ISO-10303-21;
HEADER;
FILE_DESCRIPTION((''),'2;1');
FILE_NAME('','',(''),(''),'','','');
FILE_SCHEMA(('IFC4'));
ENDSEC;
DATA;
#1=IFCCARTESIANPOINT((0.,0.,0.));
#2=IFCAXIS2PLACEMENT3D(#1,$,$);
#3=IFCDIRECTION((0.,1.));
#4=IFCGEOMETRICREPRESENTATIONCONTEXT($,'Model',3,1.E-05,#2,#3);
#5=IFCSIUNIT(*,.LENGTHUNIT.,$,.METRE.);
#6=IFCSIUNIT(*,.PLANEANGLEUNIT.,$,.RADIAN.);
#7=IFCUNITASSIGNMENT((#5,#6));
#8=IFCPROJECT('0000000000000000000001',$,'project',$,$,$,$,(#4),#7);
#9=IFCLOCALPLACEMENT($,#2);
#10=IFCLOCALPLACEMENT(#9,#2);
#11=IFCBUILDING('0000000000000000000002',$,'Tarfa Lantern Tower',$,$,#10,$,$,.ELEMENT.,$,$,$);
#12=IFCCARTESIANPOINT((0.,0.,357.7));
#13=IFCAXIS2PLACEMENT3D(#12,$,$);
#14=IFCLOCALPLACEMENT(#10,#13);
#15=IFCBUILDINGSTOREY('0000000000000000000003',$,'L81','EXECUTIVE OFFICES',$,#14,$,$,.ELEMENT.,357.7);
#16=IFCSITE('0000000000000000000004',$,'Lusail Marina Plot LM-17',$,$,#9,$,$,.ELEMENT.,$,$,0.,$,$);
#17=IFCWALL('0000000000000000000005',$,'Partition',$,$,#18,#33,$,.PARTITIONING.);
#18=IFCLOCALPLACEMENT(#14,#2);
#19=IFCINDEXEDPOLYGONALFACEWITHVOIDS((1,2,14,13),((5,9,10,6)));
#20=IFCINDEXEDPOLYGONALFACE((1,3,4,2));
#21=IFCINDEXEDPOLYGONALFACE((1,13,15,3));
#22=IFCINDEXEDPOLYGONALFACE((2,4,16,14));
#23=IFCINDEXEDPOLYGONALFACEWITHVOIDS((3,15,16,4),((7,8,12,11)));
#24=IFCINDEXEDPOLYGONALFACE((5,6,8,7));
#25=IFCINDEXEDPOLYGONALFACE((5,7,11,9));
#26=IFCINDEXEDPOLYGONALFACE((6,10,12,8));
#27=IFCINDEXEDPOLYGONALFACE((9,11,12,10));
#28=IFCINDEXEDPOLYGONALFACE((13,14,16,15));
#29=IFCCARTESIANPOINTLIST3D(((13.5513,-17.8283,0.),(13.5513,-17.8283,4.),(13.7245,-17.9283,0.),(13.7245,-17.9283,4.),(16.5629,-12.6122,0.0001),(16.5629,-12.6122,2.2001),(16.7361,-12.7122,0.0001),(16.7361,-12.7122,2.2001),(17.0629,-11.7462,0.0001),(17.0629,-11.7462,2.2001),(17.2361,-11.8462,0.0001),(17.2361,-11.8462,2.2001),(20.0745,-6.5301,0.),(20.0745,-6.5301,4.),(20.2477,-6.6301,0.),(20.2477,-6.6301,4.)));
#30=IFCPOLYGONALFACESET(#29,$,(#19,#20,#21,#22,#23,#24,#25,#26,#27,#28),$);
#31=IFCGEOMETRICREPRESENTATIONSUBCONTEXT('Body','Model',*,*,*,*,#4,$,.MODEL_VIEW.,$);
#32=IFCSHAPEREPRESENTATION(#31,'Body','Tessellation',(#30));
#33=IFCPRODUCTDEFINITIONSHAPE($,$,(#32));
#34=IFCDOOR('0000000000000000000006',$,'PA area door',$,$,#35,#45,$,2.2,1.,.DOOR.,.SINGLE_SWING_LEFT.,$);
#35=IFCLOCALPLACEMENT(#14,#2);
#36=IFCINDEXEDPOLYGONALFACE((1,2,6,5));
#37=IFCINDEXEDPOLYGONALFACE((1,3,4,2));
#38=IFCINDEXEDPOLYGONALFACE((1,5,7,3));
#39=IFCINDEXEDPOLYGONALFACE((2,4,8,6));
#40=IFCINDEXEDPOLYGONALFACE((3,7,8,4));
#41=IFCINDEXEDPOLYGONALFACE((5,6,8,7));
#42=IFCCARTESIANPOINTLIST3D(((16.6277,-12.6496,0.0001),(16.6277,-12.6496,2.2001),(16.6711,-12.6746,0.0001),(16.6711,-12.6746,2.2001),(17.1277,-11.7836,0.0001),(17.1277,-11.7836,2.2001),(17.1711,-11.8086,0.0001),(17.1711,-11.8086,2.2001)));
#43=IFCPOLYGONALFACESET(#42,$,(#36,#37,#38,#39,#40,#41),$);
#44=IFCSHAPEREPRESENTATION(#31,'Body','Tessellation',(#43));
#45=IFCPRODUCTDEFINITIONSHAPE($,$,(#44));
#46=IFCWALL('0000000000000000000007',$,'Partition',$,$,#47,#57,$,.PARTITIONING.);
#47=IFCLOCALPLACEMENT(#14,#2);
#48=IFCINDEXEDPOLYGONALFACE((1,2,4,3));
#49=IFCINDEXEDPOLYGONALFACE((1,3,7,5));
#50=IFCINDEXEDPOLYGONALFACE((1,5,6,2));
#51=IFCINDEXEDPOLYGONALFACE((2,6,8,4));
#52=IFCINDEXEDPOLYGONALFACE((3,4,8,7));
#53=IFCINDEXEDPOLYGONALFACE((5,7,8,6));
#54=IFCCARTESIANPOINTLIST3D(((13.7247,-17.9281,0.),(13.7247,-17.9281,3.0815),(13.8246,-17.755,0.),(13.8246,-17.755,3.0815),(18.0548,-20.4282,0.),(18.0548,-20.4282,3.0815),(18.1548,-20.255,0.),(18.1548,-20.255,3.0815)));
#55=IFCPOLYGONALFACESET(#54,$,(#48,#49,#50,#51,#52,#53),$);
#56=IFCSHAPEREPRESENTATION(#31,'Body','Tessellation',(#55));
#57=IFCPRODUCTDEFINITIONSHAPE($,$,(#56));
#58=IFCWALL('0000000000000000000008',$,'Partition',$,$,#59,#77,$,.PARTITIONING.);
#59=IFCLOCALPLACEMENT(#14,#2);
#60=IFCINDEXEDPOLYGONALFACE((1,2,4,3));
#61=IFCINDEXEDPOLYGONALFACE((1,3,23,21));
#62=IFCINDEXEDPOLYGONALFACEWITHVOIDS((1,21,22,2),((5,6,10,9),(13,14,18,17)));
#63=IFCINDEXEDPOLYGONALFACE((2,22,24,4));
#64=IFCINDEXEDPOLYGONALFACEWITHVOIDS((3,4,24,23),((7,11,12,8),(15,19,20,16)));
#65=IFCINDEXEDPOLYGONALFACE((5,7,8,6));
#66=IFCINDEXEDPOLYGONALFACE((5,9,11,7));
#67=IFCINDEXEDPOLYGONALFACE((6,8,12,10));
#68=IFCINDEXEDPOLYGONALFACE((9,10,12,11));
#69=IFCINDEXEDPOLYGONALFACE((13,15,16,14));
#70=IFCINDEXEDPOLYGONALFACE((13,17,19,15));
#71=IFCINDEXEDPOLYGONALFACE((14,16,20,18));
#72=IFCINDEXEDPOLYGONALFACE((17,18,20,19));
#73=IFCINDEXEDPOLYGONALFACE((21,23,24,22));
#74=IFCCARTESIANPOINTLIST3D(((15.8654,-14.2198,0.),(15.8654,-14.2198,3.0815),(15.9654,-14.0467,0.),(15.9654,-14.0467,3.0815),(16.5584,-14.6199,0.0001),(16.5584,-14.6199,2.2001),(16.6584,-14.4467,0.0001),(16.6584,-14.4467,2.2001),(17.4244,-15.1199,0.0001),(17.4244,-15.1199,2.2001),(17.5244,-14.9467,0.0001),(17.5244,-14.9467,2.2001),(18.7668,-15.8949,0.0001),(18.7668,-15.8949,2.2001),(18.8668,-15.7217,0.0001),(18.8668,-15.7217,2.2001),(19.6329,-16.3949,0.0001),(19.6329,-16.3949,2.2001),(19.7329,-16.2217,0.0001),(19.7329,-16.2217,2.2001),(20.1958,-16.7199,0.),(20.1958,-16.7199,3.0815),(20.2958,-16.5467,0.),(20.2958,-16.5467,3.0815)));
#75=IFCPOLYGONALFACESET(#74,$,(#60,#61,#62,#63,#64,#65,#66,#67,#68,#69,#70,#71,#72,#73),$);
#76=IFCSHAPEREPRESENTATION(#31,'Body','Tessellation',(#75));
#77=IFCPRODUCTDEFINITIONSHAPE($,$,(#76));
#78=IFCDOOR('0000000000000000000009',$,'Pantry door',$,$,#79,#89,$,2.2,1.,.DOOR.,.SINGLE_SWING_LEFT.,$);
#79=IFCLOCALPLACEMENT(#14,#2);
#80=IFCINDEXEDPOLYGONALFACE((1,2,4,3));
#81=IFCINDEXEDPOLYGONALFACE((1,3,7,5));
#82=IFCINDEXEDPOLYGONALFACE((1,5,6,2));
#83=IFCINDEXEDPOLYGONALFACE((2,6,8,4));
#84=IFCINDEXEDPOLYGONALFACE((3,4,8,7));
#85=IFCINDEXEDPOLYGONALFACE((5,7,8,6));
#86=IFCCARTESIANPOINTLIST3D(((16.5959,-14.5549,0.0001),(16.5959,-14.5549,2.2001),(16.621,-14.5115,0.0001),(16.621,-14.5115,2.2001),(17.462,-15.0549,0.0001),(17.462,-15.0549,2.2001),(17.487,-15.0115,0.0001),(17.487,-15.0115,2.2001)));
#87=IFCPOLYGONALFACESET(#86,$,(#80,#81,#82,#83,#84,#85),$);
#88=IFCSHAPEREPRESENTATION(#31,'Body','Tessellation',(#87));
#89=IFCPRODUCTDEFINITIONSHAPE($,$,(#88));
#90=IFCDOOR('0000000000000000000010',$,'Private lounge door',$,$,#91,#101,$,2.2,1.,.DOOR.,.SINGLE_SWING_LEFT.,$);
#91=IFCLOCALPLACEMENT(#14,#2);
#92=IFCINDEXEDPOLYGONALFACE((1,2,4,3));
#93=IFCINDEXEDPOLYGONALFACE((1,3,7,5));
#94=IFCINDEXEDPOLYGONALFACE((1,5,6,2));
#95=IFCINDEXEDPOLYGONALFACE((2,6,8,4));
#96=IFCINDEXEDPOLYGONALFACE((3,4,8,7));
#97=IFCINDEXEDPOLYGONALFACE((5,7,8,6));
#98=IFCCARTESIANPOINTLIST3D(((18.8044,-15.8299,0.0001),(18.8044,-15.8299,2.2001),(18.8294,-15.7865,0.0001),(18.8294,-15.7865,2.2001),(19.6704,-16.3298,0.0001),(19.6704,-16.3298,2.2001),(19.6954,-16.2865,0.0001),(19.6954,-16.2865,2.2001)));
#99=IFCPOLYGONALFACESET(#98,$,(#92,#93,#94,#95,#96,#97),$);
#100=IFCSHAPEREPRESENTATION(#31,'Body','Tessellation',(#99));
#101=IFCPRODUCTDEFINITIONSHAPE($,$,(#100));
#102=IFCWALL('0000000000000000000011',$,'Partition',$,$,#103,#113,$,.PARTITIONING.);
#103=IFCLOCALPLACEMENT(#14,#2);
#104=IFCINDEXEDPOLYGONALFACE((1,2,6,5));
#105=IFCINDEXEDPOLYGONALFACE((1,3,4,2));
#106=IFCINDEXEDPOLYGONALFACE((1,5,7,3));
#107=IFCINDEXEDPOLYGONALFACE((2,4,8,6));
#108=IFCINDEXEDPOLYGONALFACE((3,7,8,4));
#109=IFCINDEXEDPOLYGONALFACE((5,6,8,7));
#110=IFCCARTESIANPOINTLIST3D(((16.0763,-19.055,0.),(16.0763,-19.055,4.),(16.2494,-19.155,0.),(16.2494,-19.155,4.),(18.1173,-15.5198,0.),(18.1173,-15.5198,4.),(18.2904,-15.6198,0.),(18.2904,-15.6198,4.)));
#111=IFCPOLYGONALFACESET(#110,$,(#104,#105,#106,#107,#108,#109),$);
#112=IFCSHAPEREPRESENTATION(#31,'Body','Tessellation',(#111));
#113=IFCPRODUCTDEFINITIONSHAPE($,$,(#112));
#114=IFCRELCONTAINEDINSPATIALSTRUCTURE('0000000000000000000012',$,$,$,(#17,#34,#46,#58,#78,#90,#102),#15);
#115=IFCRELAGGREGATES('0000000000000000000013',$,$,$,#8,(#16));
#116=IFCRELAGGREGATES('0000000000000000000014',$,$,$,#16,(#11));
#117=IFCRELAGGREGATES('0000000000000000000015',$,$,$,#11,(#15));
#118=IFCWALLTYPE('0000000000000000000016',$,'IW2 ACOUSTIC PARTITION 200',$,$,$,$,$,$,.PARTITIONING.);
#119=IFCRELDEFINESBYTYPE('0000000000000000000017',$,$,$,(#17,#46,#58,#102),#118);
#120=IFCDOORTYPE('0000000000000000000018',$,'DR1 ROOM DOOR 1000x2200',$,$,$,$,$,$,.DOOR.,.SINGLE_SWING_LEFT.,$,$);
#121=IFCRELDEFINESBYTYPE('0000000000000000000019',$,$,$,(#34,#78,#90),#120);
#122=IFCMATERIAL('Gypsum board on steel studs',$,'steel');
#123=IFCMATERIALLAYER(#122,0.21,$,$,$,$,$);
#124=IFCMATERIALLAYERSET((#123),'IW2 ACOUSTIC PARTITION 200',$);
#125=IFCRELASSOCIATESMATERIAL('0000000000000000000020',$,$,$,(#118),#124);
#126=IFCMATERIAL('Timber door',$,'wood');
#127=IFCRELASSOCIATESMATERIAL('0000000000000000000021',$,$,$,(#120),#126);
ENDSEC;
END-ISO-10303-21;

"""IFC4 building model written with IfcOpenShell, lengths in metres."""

from ifc_helpers import new_model, si_unit, direction, frame, frame_2d, origin, place, context, subcontext, project, spatial, rectangle, extrude, material, layer, layer_set, type_object, element, fill, save


model = new_model("IFC4")

# Units and contexts
model_context = context("Model", 3, precision=1e-05, world=origin(), true_north=direction((0.0, 1.0)))
body_context = subcontext(model_context, "Body", "Model", "MODEL_VIEW")
ifc_project = project(units=[si_unit("LENGTHUNIT", "METRE"), si_unit("PLANEANGLEUNIT", "RADIAN")], contexts=[model_context])

# Site, building, storey
site_placement = place(None, origin())
site = spatial("IfcSite", under=ifc_project, at=site_placement, Name="Lusail Marina Plot LM-17", CompositionType="ELEMENT", RefElevation=0.0)
building_placement = place(site_placement, origin())
building = spatial("IfcBuilding", under=site, at=building_placement, Name="Tarfa Lantern Tower", CompositionType="ELEMENT")
storey_placement = place(building_placement, frame((0.0, 0.0, 357.7)))
storey = spatial("IfcBuildingStorey", under=building, at=storey_placement, Name="L81", Description="EXECUTIVE OFFICES", CompositionType="ELEMENT", Elevation=357.7)

# Wall, opening, door
ifc_material_1 = material(Name="Gypsum board on steel studs", Category="steel")
ifc_layer_1 = layer(ifc_material_1, 0.21)
ifc_layer_set_1 = layer_set([ifc_layer_1], Name="IW2 ACOUSTIC PARTITION 200")
wall_type_1 = type_object("IfcWallType", Name="IW2 ACOUSTIC PARTITION 200", PredefinedType="PARTITIONING", material=ifc_layer_set_1)
wall_1_placement = place(storey_placement, frame((13.6379, -17.8782, 0.0), z_axis=(0.0, 0.0, 1.0), x_axis=(0.500013, 0.866018, 0.0)))
wall_1 = element("IfcWall", 1, at=wall_1_placement, inside=storey, type_object=wall_type_1, Name="Partition", PredefinedType="PARTITIONING", context=body_context, shape_type="SweptSolid", body=[
    extrude(rectangle(XDim=13.0461, YDim=0.2, at=frame_2d((6.5229, 0.0))), origin(), (0.0, 0.0, 1.0), 4.0),
])
opening_1_placement = place(wall_1_placement, frame((6.0229, 0.0, 0.0)))
opening_1 = element("IfcOpeningElement", 2, at=opening_1_placement, cuts=wall_1, PredefinedType="OPENING", context=body_context, shape_type="SweptSolid", body=[
    extrude(rectangle(XDim=1.0, YDim=2.2, at=frame_2d((0.5, 1.1001))), frame((0.0, 0.1099, 0.0), z_axis=(0.0, -1.0, 0.0), x_axis=(1.0, 0.0, 0.0)), (0.0, 0.0, 1.0), 0.22),
])
ifc_material_2 = material(Name="Timber door", Category="wood")
door_type_1 = type_object("IfcDoorType", Name="DR1 ROOM DOOR 1000x2200", OperationType="SINGLE_SWING_LEFT", PredefinedType="DOOR", material=ifc_material_2)
door_1_placement = place(opening_1_placement, frame((1.0, 0.0, 0.0), z_axis=(0.0, 0.0, 1.0), x_axis=(-1.0, 0.0, 0.0)))
door_1 = element("IfcDoor", 3, at=door_1_placement, inside=storey, type_object=door_type_1, Name="PA area door", OperationType="SINGLE_SWING_LEFT", OverallHeight=2.2, OverallWidth=1.0, PredefinedType="DOOR", context=body_context, shape_type="SweptSolid", body=[
    extrude(rectangle(XDim=1.0, YDim=2.2, at=frame_2d((0.5, 1.1001))), frame((0.0, 0.0249, 0.0), z_axis=(0.0, -1.0, 0.0), x_axis=(1.0, 0.0, 0.0)), (0.0, 0.0, 1.0), 0.05),
])
fill(opening_1, door_1)

# Wall
wall_2_placement = place(storey_placement, frame((13.7747, -17.8416, 0.0), z_axis=(0.0, 0.0, 1.0), x_axis=(0.866023, -0.500004, 0.0)))
element("IfcWall", 4, at=wall_2_placement, inside=storey, type_object=wall_type_1, Name="Partition", PredefinedType="PARTITIONING", context=body_context, shape_type="SweptSolid", body=[
    extrude(rectangle(XDim=5.0, YDim=0.2, at=frame_2d((2.5, 0.0))), origin(), (0.0, 0.0, 1.0), 3.0815),
])

# Wall, openings, doors
wall_3_placement = place(storey_placement, frame((15.9155, -14.1333, 0.0), z_axis=(0.0, 0.0, 1.0), x_axis=(0.866035, -0.499983, 0.0)))
wall_3 = element("IfcWall", 5, at=wall_3_placement, inside=storey, type_object=wall_type_1, Name="Partition", PredefinedType="PARTITIONING", context=body_context, shape_type="SweptSolid", body=[
    extrude(rectangle(XDim=5.0002, YDim=0.2, at=frame_2d((2.5, 0.0))), origin(), (0.0, 0.0, 1.0), 3.0815),
])
opening_2_placement = place(wall_3_placement, frame((0.8, 0.0, 0.0)))
opening_2 = element("IfcOpeningElement", 6, at=opening_2_placement, cuts=wall_3, PredefinedType="OPENING", context=body_context, shape_type="SweptSolid", body=[
    extrude(rectangle(XDim=1.0, YDim=2.2, at=frame_2d((0.5, 1.1001))), frame((0.0, 0.1099, 0.0), z_axis=(0.0, -1.0, 0.0), x_axis=(1.0, 0.0, 0.0)), (0.0, 0.0, 1.0), 0.22),
])
opening_3_placement = place(wall_3_placement, frame((3.3501, 0.0, 0.0)))
opening_3 = element("IfcOpeningElement", 7, at=opening_3_placement, cuts=wall_3, PredefinedType="OPENING", context=body_context, shape_type="SweptSolid", body=[
    extrude(rectangle(XDim=1.0, YDim=2.2, at=frame_2d((0.5, 1.1001))), frame((0.0, 0.1099, 0.0), z_axis=(0.0, -1.0, 0.0), x_axis=(1.0, 0.0, 0.0)), (0.0, 0.0, 1.0), 0.22),
])
door_2_placement = place(opening_2_placement, frame((1.0, 0.0, 0.0), z_axis=(0.0, 0.0, 1.0), x_axis=(-1.0, 0.0, 0.0)))
door_2 = element("IfcDoor", 8, at=door_2_placement, inside=storey, type_object=door_type_1, Name="Pantry door", OperationType="SINGLE_SWING_LEFT", OverallHeight=2.2, OverallWidth=1.0, PredefinedType="DOOR", context=body_context, shape_type="SweptSolid", body=[
    extrude(rectangle(XDim=1.0, YDim=2.2, at=frame_2d((0.5, 1.1001))), frame((0.0, 0.0249, 0.0), z_axis=(0.0, -1.0, 0.0), x_axis=(1.0, 0.0, 0.0)), (0.0, 0.0, 1.0), 0.05),
])
fill(opening_2, door_2)
door_3_placement = place(opening_3_placement, frame((1.0, 0.0, 0.0), z_axis=(0.0, 0.0, 1.0), x_axis=(-1.0, 0.0, 0.0)))
door_3 = element("IfcDoor", 9, at=door_3_placement, inside=storey, type_object=door_type_1, Name="Private lounge door", OperationType="SINGLE_SWING_LEFT", OverallHeight=2.2, OverallWidth=1.0, PredefinedType="DOOR", context=body_context, shape_type="SweptSolid", body=[
    extrude(rectangle(XDim=1.0, YDim=2.2, at=frame_2d((0.5, 1.1001))), frame((0.0, 0.0249, 0.0), z_axis=(0.0, -1.0, 0.0), x_axis=(1.0, 0.0, 0.0)), (0.0, 0.0, 1.0), 0.05),
])
fill(opening_3, door_3)

# Wall
wall_4_placement = place(storey_placement, frame((16.1628, -19.105, 0.0), z_axis=(0.0, 0.0, 1.0), x_axis=(0.499999, 0.866026, 0.0)))
element("IfcWall", 10, at=wall_4_placement, inside=storey, type_object=wall_type_1, Name="Partition", PredefinedType="PARTITIONING", context=body_context, shape_type="SweptSolid", body=[
    extrude(rectangle(XDim=4.082, YDim=0.2, at=frame_2d((2.041, 0.0))), origin(), (0.0, 0.0, 1.0), 4.0),
])

save(model, "model.ifc")
